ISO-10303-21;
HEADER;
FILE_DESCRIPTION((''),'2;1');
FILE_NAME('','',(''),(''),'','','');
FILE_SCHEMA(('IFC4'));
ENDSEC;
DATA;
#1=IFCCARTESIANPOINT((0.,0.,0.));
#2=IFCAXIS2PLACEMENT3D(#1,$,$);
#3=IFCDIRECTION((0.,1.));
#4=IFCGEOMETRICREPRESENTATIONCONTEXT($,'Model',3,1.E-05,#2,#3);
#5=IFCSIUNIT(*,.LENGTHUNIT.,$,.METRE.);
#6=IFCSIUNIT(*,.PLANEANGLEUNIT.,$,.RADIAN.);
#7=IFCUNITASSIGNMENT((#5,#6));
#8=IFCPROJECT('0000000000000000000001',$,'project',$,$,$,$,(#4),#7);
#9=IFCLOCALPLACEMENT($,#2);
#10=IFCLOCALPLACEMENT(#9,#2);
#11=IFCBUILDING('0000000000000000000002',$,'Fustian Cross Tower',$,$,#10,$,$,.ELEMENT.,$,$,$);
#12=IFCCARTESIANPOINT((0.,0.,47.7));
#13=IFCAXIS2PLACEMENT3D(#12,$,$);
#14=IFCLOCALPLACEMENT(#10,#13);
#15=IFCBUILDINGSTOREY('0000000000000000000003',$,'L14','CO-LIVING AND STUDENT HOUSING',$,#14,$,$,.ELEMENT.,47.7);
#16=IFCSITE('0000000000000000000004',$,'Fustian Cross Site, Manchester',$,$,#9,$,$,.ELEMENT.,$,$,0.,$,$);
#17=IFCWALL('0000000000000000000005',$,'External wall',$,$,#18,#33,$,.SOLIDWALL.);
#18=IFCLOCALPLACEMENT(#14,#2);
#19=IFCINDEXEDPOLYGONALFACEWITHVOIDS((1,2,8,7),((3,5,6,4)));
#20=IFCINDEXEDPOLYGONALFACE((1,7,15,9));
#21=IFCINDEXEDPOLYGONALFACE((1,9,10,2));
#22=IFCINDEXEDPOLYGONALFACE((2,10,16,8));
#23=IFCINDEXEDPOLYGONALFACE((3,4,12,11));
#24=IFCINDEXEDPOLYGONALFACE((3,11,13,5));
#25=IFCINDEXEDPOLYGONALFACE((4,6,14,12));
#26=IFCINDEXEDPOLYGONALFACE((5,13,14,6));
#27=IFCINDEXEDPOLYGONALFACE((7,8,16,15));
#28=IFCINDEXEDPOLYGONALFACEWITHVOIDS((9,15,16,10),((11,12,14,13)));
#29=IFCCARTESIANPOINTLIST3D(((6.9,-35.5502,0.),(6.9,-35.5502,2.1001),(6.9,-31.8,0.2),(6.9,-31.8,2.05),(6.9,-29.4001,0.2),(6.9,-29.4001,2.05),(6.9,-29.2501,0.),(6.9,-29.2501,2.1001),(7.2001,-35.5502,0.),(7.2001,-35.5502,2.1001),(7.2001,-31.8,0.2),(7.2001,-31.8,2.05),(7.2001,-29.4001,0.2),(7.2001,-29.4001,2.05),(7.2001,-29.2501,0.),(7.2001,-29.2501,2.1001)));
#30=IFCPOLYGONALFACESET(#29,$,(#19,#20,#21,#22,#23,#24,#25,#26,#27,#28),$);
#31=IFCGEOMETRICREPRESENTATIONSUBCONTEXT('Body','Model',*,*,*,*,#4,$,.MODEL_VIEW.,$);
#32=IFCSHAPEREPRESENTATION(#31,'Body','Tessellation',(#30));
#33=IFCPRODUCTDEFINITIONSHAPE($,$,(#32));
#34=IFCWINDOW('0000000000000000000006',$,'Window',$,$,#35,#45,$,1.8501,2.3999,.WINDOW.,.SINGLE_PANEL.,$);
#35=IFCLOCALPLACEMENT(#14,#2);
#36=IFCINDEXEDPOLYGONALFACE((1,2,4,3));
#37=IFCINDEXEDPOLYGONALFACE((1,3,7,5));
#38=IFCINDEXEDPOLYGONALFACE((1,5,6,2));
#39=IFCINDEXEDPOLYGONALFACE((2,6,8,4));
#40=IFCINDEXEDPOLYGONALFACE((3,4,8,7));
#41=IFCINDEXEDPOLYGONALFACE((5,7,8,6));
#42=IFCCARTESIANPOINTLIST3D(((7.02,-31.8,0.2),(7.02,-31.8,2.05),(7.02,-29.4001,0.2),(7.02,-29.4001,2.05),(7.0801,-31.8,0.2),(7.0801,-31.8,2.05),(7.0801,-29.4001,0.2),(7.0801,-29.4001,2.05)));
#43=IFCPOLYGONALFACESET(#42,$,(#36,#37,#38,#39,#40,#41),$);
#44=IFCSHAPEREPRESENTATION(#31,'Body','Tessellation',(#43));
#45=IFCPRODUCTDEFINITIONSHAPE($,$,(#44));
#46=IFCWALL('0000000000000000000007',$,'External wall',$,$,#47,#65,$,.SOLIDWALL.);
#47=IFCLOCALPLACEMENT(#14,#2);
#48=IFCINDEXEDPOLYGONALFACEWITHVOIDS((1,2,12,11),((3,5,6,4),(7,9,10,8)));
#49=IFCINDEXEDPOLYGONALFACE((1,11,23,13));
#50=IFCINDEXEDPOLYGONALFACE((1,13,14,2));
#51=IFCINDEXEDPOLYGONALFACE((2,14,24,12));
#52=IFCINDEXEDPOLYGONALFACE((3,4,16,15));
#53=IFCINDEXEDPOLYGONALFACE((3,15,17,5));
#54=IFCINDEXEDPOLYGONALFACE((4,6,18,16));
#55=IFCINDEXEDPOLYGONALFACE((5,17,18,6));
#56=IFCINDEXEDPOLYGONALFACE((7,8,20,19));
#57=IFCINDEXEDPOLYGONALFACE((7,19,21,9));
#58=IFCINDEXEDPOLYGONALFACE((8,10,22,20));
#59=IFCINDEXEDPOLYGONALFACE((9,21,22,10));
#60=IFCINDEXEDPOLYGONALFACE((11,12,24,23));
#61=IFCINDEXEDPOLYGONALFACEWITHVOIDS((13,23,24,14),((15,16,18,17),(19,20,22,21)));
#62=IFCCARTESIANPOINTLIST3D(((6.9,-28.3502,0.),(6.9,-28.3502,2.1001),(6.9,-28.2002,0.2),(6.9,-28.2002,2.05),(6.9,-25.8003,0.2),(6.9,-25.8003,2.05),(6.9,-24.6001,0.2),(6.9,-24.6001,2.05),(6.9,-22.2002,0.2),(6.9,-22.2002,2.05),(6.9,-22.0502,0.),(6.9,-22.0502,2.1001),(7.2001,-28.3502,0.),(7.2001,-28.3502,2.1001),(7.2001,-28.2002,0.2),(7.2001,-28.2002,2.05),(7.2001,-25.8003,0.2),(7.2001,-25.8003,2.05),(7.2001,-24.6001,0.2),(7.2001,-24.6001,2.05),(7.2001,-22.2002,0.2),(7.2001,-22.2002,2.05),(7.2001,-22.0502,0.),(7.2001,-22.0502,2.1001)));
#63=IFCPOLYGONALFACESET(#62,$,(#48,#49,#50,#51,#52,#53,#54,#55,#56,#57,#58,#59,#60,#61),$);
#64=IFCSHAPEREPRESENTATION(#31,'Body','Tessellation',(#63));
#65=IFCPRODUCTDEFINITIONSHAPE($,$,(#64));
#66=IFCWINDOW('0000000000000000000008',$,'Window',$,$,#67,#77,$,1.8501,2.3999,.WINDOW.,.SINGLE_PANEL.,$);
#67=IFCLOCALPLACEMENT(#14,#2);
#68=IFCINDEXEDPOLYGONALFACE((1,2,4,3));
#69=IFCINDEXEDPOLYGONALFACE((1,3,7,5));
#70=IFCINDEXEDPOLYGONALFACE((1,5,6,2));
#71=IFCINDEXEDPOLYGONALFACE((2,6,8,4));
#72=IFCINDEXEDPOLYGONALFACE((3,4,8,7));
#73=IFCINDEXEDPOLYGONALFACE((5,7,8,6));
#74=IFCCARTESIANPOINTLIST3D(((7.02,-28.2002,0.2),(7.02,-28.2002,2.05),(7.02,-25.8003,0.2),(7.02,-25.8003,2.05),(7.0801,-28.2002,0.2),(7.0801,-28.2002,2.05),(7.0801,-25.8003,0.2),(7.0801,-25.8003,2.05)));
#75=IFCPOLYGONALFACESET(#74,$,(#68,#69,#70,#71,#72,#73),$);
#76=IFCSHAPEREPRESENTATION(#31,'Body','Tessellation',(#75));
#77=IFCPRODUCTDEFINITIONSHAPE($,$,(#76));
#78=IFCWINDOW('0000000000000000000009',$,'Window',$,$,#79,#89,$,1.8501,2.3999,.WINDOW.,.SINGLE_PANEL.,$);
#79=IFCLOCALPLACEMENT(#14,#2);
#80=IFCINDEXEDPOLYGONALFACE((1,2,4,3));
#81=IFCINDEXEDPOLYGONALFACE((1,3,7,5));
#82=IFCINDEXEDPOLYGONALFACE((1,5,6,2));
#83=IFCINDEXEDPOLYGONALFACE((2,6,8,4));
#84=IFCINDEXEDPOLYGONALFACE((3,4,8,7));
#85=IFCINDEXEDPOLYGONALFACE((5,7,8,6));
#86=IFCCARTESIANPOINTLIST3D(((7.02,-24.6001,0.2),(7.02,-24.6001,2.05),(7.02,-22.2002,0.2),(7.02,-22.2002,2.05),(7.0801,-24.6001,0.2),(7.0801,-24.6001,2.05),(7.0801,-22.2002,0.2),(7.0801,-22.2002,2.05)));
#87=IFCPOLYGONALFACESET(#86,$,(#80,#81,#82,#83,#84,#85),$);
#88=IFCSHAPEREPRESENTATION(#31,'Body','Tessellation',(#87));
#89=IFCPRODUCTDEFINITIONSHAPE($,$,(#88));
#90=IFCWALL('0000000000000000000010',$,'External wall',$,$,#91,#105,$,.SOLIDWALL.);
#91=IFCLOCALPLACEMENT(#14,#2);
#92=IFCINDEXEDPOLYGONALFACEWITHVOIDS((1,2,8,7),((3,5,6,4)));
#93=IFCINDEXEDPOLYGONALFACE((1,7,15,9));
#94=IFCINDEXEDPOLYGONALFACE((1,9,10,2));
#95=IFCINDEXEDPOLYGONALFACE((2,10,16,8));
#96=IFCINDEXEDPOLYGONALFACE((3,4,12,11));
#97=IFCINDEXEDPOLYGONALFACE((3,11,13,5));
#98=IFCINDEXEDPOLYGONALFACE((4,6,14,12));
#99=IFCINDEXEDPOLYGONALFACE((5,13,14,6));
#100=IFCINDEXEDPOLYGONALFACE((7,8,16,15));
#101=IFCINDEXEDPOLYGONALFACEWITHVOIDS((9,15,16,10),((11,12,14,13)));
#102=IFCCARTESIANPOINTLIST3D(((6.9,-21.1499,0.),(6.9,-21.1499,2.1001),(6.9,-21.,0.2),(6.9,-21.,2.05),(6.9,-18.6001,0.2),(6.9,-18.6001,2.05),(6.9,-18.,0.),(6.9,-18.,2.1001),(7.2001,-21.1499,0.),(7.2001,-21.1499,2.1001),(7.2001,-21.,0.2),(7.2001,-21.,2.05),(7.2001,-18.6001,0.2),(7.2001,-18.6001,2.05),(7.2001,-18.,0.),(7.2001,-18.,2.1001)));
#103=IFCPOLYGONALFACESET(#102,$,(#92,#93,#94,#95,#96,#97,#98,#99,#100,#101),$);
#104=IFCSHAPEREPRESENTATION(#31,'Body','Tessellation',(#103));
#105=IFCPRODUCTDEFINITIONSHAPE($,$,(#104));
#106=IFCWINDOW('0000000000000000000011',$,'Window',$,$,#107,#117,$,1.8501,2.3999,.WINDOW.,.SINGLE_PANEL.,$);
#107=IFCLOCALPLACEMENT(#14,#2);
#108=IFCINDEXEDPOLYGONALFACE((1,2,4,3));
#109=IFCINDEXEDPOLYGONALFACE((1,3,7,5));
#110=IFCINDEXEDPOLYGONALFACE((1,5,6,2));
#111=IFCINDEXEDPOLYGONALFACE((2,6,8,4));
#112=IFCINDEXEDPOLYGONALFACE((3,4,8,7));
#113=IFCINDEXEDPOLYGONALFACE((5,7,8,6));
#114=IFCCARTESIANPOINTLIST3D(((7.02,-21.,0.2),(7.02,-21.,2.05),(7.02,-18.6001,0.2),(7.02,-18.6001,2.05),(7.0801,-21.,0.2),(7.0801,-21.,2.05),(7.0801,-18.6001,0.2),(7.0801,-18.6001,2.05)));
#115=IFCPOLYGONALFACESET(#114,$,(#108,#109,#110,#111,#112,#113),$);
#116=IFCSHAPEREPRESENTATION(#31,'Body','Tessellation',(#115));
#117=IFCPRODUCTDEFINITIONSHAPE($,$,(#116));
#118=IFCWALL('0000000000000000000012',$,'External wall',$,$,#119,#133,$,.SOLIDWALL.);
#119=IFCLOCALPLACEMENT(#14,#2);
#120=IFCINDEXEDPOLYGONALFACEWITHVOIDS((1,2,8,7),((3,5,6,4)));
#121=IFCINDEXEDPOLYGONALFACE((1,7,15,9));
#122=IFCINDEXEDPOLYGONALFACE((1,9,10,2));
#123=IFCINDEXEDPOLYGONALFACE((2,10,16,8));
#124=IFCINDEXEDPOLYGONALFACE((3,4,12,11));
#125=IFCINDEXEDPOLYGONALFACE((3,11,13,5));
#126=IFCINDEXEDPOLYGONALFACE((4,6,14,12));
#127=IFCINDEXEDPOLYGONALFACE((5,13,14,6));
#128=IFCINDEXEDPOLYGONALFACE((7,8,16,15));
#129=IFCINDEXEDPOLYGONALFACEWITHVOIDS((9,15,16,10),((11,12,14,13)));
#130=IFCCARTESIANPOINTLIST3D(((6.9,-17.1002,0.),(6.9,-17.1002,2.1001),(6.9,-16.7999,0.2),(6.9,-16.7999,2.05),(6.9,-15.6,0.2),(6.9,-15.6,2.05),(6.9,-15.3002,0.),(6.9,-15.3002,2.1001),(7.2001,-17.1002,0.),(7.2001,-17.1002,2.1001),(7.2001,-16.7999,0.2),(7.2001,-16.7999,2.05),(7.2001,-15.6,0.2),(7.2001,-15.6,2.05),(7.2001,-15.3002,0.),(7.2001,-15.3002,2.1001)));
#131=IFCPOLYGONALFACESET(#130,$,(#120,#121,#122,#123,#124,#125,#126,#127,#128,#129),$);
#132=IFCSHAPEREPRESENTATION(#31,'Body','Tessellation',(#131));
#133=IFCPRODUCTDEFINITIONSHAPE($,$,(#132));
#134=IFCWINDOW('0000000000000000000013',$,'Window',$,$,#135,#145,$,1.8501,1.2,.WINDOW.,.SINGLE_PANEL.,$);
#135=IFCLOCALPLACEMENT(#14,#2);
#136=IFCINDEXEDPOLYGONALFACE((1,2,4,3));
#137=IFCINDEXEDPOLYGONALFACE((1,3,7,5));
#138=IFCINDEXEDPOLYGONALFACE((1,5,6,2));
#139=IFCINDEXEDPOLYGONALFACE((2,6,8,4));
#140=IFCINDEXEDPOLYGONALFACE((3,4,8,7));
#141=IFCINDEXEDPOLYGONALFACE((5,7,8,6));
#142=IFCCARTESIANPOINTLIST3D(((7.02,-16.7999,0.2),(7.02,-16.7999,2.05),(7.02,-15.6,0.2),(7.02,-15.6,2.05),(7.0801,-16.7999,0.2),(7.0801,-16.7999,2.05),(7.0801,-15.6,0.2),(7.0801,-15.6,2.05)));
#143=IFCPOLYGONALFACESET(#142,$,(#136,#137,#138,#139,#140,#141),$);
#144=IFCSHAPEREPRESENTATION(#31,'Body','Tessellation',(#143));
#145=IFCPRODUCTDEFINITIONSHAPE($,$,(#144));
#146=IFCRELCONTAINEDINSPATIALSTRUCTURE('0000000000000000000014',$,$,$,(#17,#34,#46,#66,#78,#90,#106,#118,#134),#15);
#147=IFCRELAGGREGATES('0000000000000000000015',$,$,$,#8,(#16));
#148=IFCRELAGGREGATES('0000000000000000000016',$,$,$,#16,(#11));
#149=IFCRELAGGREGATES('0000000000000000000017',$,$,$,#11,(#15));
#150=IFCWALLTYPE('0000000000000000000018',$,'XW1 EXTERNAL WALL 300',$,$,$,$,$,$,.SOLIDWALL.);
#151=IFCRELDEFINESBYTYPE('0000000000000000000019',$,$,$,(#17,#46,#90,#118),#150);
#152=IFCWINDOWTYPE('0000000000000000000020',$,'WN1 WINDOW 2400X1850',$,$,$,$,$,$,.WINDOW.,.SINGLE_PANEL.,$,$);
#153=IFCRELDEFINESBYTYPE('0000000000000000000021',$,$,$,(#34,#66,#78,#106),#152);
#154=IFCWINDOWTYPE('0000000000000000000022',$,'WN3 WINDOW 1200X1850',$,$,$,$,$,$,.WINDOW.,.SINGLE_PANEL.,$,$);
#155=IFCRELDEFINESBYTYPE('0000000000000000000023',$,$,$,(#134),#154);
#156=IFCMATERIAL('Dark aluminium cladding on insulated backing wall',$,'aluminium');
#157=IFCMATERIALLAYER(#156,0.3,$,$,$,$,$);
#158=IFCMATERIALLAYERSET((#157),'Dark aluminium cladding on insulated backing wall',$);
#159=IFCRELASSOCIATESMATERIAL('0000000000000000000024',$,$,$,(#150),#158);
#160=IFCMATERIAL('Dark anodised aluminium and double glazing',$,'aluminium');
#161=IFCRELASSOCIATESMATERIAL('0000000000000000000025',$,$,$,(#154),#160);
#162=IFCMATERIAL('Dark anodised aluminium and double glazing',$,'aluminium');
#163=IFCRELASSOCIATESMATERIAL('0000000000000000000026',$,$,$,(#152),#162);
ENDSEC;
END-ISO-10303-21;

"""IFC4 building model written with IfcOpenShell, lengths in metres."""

from ifc_helpers import new_model, si_unit, direction, frame, frame_2d, origin, place, context, subcontext, project, spatial, rectangle, extrude, material, layer, layer_set, type_object, element, fill, save


model = new_model("IFC4")

# Units and contexts
model_context = context("Model", 3, precision=1e-05, world=origin(), true_north=direction((0.0, 1.0)))
body_context = subcontext(model_context, "Body", "Model", "MODEL_VIEW")
ifc_project = project(units=[si_unit("LENGTHUNIT", "METRE"), si_unit("PLANEANGLEUNIT", "RADIAN")], contexts=[model_context])

# Site, building, storey
site_placement = place(None, origin())
site = spatial("IfcSite", under=ifc_project, at=site_placement, Name="Fustian Cross Site, Manchester", CompositionType="ELEMENT", RefElevation=0.0)
building_placement = place(site_placement, origin())
building = spatial("IfcBuilding", under=site, at=building_placement, Name="Fustian Cross Tower", CompositionType="ELEMENT")
storey_placement = place(building_placement, frame((0.0, 0.0, 47.7)))
storey = spatial("IfcBuildingStorey", under=building, at=storey_placement, Name="L14", Description="CO-LIVING AND STUDENT HOUSING", CompositionType="ELEMENT", Elevation=47.7)

# Shared definitions
ifc_material_1 = material(Name="Dark aluminium cladding on insulated backing wall", Category="aluminium")
ifc_layer_1 = layer(ifc_material_1, 0.3)
ifc_layer_set_1 = layer_set([ifc_layer_1], Name="Dark aluminium cladding on insulated backing wall")
wall_type_1 = type_object("IfcWallType", Name="XW1 EXTERNAL WALL 300", PredefinedType="SOLIDWALL", material=ifc_layer_set_1)

# Wall, opening, window
ifc_material_2 = material(Name="Dark anodised aluminium and double glazing", Category="aluminium")
window_type_1 = type_object("IfcWindowType", Name="WN3 WINDOW 1200X1850", PartitioningType="SINGLE_PANEL", PredefinedType="WINDOW", material=ifc_material_2)
wall_1_placement = place(storey_placement, frame((7.05, -35.55, 0.0), z_axis=(0.0, 0.0, 1.0), x_axis=(0.0, 1.0, 0.0)))
wall_1 = element("IfcWall", 1, at=wall_1_placement, inside=storey, type_object=wall_type_1, Name="External wall", PredefinedType="SOLIDWALL", context=body_context, shape_type="SweptSolid", body=[
    extrude(rectangle(XDim=6.3, YDim=0.3, at=frame_2d((3.1499, 0.0))), origin(), (0.0, 0.0, 1.0), 2.1001),
])
opening_1_placement = place(wall_1_placement, frame((3.75, 0.0, 0.2)))
opening_1 = element("IfcOpeningElement", 2, at=opening_1_placement, cuts=wall_1, PredefinedType="OPENING", context=body_context, shape_type="SweptSolid", body=[
    extrude(rectangle(XDim=2.3999, YDim=1.8501, at=frame_2d((1.2, 0.925))), frame((0.0, 0.1599, 0.0), z_axis=(0.0, -1.0, 0.0), x_axis=(1.0, 0.0, 0.0)), (0.0, 0.0, 1.0), 0.3201),
])
ifc_material_3 = material(Name="Dark anodised aluminium and double glazing", Category="aluminium")
window_type_2 = type_object("IfcWindowType", Name="WN1 WINDOW 2400X1850", PartitioningType="SINGLE_PANEL", PredefinedType="WINDOW", material=ifc_material_3)
window_1_placement = place(opening_1_placement, origin())
window_1 = element("IfcWindow", 3, at=window_1_placement, inside=storey, type_object=window_type_2, Name="Window", OverallHeight=1.8501, OverallWidth=2.3999, PartitioningType="SINGLE_PANEL", PredefinedType="WINDOW", context=body_context, shape_type="SweptSolid", body=[
    extrude(rectangle(XDim=2.3999, YDim=1.8501, at=frame_2d((1.2, 0.925))), frame((0.0, 0.03, 0.0), z_axis=(0.0, -1.0, 0.0), x_axis=(1.0, 0.0, 0.0)), (0.0, 0.0, 1.0), 0.0601),
])
fill(opening_1, window_1)

# Wall, openings, windows
wall_2_placement = place(storey_placement, frame((7.05, -28.3501, 0.0), z_axis=(0.0, 0.0, 1.0), x_axis=(0.0, 1.0, 0.0)))
wall_2 = element("IfcWall", 4, at=wall_2_placement, inside=storey, type_object=wall_type_1, Name="External wall", PredefinedType="SOLIDWALL", context=body_context, shape_type="SweptSolid", body=[
    extrude(rectangle(XDim=6.3, YDim=0.3, at=frame_2d((3.1499, 0.0))), origin(), (0.0, 0.0, 1.0), 2.1001),
])
opening_2_placement = place(wall_2_placement, frame((0.1499, 0.0, 0.2)))
opening_2 = element("IfcOpeningElement", 5, at=opening_2_placement, cuts=wall_2, PredefinedType="OPENING", context=body_context, shape_type="SweptSolid", body=[
    extrude(rectangle(XDim=2.3999, YDim=1.8501, at=frame_2d((1.2, 0.925))), frame((0.0, 0.1599, 0.0), z_axis=(0.0, -1.0, 0.0), x_axis=(1.0, 0.0, 0.0)), (0.0, 0.0, 1.0), 0.3201),
])
opening_3_placement = place(wall_2_placement, frame((3.75, 0.0, 0.2)))
opening_3 = element("IfcOpeningElement", 6, at=opening_3_placement, cuts=wall_2, PredefinedType="OPENING", context=body_context, shape_type="SweptSolid", body=[
    extrude(rectangle(XDim=2.3999, YDim=1.8501, at=frame_2d((1.2, 0.925))), frame((0.0, 0.1599, 0.0), z_axis=(0.0, -1.0, 0.0), x_axis=(1.0, 0.0, 0.0)), (0.0, 0.0, 1.0), 0.3201),
])
window_2_placement = place(opening_2_placement, origin())
window_2 = element("IfcWindow", 7, at=window_2_placement, inside=storey, type_object=window_type_2, Name="Window", OverallHeight=1.8501, OverallWidth=2.3999, PartitioningType="SINGLE_PANEL", PredefinedType="WINDOW", context=body_context, shape_type="SweptSolid", body=[
    extrude(rectangle(XDim=2.3999, YDim=1.8501, at=frame_2d((1.2, 0.925))), frame((0.0, 0.03, 0.0), z_axis=(0.0, -1.0, 0.0), x_axis=(1.0, 0.0, 0.0)), (0.0, 0.0, 1.0), 0.0601),
])
fill(opening_2, window_2)
window_3_placement = place(opening_3_placement, origin())
window_3 = element("IfcWindow", 8, at=window_3_placement, inside=storey, type_object=window_type_2, Name="Window", OverallHeight=1.8501, OverallWidth=2.3999, PartitioningType="SINGLE_PANEL", PredefinedType="WINDOW", context=body_context, shape_type="SweptSolid", body=[
    extrude(rectangle(XDim=2.3999, YDim=1.8501, at=frame_2d((1.2, 0.925))), frame((0.0, 0.03, 0.0), z_axis=(0.0, -1.0, 0.0), x_axis=(1.0, 0.0, 0.0)), (0.0, 0.0, 1.0), 0.0601),
])
fill(opening_3, window_3)

# Walls, openings, windows
wall_3_placement = place(storey_placement, frame((7.05, -21.1499, 0.0), z_axis=(0.0, 0.0, 1.0), x_axis=(0.0, 1.0, 0.0)))
wall_3 = element("IfcWall", 9, at=wall_3_placement, inside=storey, type_object=wall_type_1, Name="External wall", PredefinedType="SOLIDWALL", context=body_context, shape_type="SweptSolid", body=[
    extrude(rectangle(XDim=3.1499, YDim=0.3, at=frame_2d((1.575, 0.0))), origin(), (0.0, 0.0, 1.0), 2.1001),
])
opening_4_placement = place(wall_3_placement, frame((0.1499, 0.0, 0.2)))
opening_4 = element("IfcOpeningElement", 10, at=opening_4_placement, cuts=wall_3, PredefinedType="OPENING", context=body_context, shape_type="SweptSolid", body=[
    extrude(rectangle(XDim=2.3999, YDim=1.8501, at=frame_2d((1.2, 0.925))), frame((0.0, 0.1599, 0.0), z_axis=(0.0, -1.0, 0.0), x_axis=(1.0, 0.0, 0.0)), (0.0, 0.0, 1.0), 0.3201),
])
window_4_placement = place(opening_4_placement, origin())
window_4 = element("IfcWindow", 11, at=window_4_placement, inside=storey, type_object=window_type_2, Name="Window", OverallHeight=1.8501, OverallWidth=2.3999, PartitioningType="SINGLE_PANEL", PredefinedType="WINDOW", context=body_context, shape_type="SweptSolid", body=[
    extrude(rectangle(XDim=2.3999, YDim=1.8501, at=frame_2d((1.2, 0.925))), frame((0.0, 0.03, 0.0), z_axis=(0.0, -1.0, 0.0), x_axis=(1.0, 0.0, 0.0)), (0.0, 0.0, 1.0), 0.0601),
])
fill(opening_4, window_4)
wall_4_placement = place(storey_placement, frame((7.05, -17.1001, 0.0), z_axis=(0.0, 0.0, 1.0), x_axis=(0.0, 1.0, 0.0)))
wall_4 = element("IfcWall", 12, at=wall_4_placement, inside=storey, type_object=wall_type_1, Name="External wall", PredefinedType="SOLIDWALL", context=body_context, shape_type="SweptSolid", body=[
    extrude(rectangle(XDim=1.8, YDim=0.3, at=frame_2d((0.8999, 0.0))), origin(), (0.0, 0.0, 1.0), 2.1001),
])
opening_5_placement = place(wall_4_placement, frame((0.3, 0.0, 0.2)))
opening_5 = element("IfcOpeningElement", 13, at=opening_5_placement, cuts=wall_4, PredefinedType="OPENING", context=body_context, shape_type="SweptSolid", body=[
    extrude(rectangle(XDim=1.2, YDim=1.8501, at=frame_2d((0.6001, 0.925))), frame((0.0, 0.1599, 0.0), z_axis=(0.0, -1.0, 0.0), x_axis=(1.0, 0.0, 0.0)), (0.0, 0.0, 1.0), 0.3201),
])
window_5_placement = place(opening_5_placement, origin())
window_5 = element("IfcWindow", 14, at=window_5_placement, inside=storey, type_object=window_type_1, Name="Window", OverallHeight=1.8501, OverallWidth=1.2, PartitioningType="SINGLE_PANEL", PredefinedType="WINDOW", context=body_context, shape_type="SweptSolid", body=[
    extrude(rectangle(XDim=1.2, YDim=1.8501, at=frame_2d((0.6001, 0.925))), frame((0.0, 0.03, 0.0), z_axis=(0.0, -1.0, 0.0), x_axis=(1.0, 0.0, 0.0)), (0.0, 0.0, 1.0), 0.0601),
])
fill(opening_5, window_5)

save(model, "model.ifc")
